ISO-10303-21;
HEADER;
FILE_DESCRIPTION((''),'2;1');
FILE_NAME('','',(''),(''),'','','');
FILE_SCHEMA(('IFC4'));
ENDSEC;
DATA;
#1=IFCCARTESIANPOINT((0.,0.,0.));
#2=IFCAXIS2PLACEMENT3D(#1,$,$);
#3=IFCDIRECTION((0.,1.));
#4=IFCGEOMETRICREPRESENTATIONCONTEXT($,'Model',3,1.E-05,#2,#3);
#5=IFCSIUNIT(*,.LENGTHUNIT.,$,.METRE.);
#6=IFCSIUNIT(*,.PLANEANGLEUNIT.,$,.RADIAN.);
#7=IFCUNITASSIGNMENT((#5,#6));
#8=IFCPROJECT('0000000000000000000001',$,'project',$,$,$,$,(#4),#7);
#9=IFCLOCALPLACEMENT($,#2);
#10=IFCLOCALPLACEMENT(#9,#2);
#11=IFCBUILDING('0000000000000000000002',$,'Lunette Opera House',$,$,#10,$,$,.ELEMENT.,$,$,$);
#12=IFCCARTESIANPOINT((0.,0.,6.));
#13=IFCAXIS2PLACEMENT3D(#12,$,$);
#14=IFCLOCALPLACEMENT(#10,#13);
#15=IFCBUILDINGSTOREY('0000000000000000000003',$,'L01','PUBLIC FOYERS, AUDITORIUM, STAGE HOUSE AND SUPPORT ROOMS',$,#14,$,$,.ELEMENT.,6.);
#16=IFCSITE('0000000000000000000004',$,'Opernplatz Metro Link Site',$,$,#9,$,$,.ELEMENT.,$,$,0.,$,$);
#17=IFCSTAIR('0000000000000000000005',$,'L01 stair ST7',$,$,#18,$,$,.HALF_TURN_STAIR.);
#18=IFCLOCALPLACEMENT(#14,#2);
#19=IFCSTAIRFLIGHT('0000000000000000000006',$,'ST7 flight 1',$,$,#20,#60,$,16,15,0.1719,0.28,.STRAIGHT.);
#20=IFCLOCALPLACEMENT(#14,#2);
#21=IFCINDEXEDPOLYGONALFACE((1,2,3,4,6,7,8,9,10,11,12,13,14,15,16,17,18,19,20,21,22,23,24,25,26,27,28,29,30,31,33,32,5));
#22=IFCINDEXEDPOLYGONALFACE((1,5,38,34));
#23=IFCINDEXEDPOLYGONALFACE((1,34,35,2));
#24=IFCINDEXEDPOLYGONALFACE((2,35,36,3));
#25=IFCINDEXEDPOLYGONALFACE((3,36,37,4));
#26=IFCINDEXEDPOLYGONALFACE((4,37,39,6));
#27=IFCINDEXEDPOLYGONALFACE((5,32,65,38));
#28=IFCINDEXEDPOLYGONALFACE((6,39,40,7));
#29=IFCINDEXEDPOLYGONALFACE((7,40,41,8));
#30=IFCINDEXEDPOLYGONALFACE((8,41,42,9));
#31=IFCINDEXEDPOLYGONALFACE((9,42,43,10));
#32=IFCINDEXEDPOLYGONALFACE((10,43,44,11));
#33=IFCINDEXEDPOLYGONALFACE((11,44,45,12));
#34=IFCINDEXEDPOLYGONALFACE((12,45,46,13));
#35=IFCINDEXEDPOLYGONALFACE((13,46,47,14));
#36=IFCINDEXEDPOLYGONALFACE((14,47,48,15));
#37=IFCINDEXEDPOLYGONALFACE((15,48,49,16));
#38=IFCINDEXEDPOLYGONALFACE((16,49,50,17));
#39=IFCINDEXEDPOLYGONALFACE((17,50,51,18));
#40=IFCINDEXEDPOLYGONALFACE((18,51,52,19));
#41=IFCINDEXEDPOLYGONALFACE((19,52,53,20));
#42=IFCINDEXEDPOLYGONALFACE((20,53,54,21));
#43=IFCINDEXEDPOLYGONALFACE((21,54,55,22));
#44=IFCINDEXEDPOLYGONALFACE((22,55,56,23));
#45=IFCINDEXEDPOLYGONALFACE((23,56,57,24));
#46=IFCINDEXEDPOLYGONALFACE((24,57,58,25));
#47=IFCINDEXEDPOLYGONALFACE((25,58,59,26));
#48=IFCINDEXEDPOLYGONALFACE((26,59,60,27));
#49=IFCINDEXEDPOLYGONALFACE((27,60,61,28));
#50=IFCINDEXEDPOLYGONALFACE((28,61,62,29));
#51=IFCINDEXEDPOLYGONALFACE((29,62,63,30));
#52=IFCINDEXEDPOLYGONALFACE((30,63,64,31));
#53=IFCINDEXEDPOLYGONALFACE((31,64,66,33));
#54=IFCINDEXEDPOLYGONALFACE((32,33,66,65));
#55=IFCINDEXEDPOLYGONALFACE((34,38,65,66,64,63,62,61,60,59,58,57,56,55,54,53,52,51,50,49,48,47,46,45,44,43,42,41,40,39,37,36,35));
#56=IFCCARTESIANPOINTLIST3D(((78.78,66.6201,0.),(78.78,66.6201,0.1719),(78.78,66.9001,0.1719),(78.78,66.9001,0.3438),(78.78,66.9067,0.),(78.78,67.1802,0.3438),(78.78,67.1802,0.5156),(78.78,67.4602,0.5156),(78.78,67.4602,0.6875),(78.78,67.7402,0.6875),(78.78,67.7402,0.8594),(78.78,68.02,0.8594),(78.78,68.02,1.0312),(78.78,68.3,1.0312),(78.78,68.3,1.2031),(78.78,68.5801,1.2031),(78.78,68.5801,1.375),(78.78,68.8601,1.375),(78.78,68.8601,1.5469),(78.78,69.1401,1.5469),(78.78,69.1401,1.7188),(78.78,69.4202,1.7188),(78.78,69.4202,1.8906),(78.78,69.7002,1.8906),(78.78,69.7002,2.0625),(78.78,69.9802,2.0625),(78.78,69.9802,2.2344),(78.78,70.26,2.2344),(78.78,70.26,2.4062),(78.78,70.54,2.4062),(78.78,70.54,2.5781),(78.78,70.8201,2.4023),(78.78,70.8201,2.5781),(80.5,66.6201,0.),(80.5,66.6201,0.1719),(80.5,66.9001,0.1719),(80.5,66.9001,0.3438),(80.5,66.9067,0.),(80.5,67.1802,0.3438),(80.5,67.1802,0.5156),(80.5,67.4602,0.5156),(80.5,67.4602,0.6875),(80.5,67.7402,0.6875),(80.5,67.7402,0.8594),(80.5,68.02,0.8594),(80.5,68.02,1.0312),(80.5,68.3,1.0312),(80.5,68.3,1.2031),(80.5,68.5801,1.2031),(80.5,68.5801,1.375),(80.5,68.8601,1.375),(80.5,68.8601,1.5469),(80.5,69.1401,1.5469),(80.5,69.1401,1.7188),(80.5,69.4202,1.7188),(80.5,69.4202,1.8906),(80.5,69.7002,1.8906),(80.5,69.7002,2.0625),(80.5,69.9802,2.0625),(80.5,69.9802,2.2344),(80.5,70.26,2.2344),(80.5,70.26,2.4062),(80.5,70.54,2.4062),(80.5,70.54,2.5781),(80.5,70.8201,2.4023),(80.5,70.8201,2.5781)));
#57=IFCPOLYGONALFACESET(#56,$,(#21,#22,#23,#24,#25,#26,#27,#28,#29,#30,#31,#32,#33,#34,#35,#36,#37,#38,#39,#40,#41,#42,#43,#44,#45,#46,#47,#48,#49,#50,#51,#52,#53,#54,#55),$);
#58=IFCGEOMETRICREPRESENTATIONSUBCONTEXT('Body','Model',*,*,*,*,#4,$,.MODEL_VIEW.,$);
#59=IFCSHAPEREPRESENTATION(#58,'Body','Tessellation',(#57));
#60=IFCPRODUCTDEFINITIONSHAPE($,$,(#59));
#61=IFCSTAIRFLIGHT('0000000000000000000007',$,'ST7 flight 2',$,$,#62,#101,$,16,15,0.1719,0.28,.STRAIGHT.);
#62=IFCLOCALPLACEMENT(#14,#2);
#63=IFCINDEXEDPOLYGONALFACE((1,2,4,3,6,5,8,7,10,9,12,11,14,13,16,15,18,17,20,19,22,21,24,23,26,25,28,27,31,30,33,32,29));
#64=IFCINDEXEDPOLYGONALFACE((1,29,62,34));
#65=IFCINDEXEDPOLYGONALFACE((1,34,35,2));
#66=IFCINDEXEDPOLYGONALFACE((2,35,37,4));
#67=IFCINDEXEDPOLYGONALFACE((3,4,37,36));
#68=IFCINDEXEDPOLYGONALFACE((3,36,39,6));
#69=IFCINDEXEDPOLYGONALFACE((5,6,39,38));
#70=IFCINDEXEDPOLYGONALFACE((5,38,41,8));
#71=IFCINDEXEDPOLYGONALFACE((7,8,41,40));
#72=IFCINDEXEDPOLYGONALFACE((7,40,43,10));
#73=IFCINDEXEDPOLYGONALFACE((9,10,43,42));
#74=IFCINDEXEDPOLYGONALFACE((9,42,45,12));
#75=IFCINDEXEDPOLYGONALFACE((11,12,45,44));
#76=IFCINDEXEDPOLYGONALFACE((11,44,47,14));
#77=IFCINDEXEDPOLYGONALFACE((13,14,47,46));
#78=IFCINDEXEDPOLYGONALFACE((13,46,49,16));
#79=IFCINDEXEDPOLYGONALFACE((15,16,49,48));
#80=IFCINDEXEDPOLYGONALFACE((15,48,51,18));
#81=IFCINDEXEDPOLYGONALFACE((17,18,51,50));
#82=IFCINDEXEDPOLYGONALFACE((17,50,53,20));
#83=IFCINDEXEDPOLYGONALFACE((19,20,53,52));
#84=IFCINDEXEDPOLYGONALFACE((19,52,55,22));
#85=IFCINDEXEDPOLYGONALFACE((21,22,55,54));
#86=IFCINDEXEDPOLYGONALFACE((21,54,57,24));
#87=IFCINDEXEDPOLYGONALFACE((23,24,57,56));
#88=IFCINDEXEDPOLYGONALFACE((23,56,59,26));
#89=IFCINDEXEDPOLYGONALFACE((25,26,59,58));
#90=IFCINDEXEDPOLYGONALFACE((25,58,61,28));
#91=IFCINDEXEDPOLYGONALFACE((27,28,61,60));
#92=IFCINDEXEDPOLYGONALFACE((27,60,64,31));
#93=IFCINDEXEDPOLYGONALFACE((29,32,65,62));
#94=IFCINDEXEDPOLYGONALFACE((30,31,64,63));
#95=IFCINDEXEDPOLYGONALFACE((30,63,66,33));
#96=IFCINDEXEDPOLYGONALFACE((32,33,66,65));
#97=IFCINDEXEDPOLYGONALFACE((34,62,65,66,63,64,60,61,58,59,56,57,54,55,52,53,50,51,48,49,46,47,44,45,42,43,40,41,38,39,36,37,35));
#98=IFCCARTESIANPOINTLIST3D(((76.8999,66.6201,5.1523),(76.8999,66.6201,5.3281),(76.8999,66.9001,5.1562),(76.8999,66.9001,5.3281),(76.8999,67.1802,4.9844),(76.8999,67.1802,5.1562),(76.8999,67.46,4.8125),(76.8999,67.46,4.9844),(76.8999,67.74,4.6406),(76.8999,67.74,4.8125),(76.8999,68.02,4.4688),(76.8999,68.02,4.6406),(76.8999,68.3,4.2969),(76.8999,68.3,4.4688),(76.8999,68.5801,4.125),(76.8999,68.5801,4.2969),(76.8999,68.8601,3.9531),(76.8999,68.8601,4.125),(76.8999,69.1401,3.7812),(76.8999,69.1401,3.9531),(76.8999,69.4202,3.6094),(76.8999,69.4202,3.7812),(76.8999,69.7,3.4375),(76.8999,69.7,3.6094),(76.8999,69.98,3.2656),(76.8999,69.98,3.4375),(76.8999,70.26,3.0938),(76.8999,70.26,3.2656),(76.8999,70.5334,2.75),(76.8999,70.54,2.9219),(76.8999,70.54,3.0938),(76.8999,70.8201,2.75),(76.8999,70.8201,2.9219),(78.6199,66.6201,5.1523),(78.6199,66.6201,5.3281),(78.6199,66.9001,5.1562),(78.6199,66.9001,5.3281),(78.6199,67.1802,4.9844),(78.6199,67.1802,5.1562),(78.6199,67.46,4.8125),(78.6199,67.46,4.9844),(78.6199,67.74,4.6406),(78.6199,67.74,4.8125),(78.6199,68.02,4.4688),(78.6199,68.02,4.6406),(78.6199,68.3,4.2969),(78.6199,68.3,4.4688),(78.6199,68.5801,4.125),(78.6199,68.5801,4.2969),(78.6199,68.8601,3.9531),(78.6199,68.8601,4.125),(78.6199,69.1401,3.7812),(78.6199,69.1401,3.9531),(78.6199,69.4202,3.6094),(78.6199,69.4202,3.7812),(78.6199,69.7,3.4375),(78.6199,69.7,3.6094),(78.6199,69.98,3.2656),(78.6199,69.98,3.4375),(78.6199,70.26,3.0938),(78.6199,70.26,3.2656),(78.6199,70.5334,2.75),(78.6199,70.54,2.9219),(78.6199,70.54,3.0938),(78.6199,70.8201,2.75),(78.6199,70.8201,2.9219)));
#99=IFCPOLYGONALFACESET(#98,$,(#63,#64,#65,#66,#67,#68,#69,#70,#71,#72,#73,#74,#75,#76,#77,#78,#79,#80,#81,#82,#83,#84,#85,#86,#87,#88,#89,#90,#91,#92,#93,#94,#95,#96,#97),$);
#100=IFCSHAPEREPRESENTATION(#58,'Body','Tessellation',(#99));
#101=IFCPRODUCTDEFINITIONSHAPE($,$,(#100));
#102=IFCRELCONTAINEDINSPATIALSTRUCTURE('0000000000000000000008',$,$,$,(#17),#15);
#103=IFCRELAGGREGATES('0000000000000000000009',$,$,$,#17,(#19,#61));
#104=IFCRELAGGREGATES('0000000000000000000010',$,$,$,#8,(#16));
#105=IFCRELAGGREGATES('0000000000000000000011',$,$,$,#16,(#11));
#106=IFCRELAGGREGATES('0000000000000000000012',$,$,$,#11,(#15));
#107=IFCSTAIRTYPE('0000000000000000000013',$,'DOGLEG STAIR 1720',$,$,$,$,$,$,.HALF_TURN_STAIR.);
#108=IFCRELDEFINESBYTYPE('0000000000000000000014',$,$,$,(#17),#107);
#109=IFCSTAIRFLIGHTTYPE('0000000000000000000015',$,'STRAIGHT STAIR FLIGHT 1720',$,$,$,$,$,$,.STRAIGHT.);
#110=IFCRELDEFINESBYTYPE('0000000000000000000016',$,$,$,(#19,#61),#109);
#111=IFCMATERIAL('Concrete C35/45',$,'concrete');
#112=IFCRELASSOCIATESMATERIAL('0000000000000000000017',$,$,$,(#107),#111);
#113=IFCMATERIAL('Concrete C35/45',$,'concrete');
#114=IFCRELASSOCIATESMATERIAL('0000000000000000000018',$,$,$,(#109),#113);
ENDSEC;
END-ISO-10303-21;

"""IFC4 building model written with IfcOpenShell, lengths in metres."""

from ifc_helpers import new_model, si_unit, direction, frame, origin, place, context, subcontext, project, spatial, polyline, outline, extrude, material, type_object, element, aggregate, save


model = new_model("IFC4")

# Units and contexts
model_context = context("Model", 3, precision=1e-05, world=origin(), true_north=direction((0.0, 1.0)))
body_context = subcontext(model_context, "Body", "Model", "MODEL_VIEW")
ifc_project = project(units=[si_unit("LENGTHUNIT", "METRE"), si_unit("PLANEANGLEUNIT", "RADIAN")], contexts=[model_context])

# Site, building, storey
site_placement = place(None, origin())
site = spatial("IfcSite", under=ifc_project, at=site_placement, Name="Opernplatz Metro Link Site", CompositionType="ELEMENT", RefElevation=0.0)
building_placement = place(site_placement, origin())
building = spatial("IfcBuilding", under=site, at=building_placement, Name="Lunette Opera House", CompositionType="ELEMENT")
storey_placement = place(building_placement, frame((0.0, 0.0, 6.0)))
storey = spatial("IfcBuildingStorey", under=building, at=storey_placement, Name="L01", Description="PUBLIC FOYERS, AUDITORIUM, STAGE HOUSE AND SUPPORT ROOMS", CompositionType="ELEMENT", Elevation=6.0)

# Stair, stair flights
ifc_material_1 = material(Name="Concrete C35/45", Category="concrete")
stair_type = type_object("IfcStairType", Name="DOGLEG STAIR 1720", PredefinedType="HALF_TURN_STAIR", material=ifc_material_1)
stair_placement = place(storey_placement, origin())
stair = element("IfcStair", 1, at=stair_placement, inside=storey, type_object=stair_type, Name="L01 stair ST7", PredefinedType="HALF_TURN_STAIR")
ifc_material_2 = material(Name="Concrete C35/45", Category="concrete")
stair_flight_type = type_object("IfcStairFlightType", Name="STRAIGHT STAIR FLIGHT 1720", PredefinedType="STRAIGHT", material=ifc_material_2)
stair_flight_1_placement = place(storey_placement, frame((79.6399, 66.6201, 0.0), z_axis=(0.0, 0.0, 1.0), x_axis=(0.0, 1.0, 0.0)))
stair_flight_1 = element("IfcStairFlight", 2, at=stair_flight_1_placement, type_object=stair_flight_type, Name="ST7 flight 1", NumberOfRisers=16, NumberOfTreads=15, PredefinedType="STRAIGHT", RiserHeight=0.1719, TreadLength=0.28, context=body_context, shape_type="SweptSolid", body=[
    extrude(outline(polyline([(0.0, 0.0), (0.0, 0.1719), (0.28, 0.1719), (0.28, 0.3438), (0.5601, 0.3438), (0.5601, 0.5156), (0.8401, 0.5156), (0.8401, 0.6875), (1.1201, 0.6875), (1.1201, 0.8594), (1.3999, 0.8594), (1.3999, 1.0312), (1.6799, 1.0312), (1.6799, 1.2031), (1.96, 1.2031), (1.96, 1.375), (2.24, 1.375), (2.24, 1.5469), (2.52, 1.5469), (2.52, 1.7188), (2.8, 1.7188), (2.8, 1.8906), (3.0801, 1.8906), (3.0801, 2.0625), (3.3601, 2.0625), (3.3601, 2.2344), (3.6399, 2.2344), (3.6399, 2.4062), (3.9199, 2.4062), (3.9199, 2.5781), (4.2, 2.5781), (4.2, 2.75), (4.2, 2.4023), (0.2866, 0.0), (0.0, 0.0)])), frame((0.0, 0.8599, 0.0), z_axis=(0.0, -1.0, 0.0), x_axis=(1.0, 0.0, 0.0)), (0.0, 0.0, 1.0), 1.72),
])
stair_flight_2_placement = place(storey_placement, frame((77.76, 70.8201, 2.75), z_axis=(0.0, 0.0, 1.0), x_axis=(0.0, -1.0, 0.0)))
stair_flight_2 = element("IfcStairFlight", 3, at=stair_flight_2_placement, type_object=stair_flight_type, Name="ST7 flight 2", NumberOfRisers=16, NumberOfTreads=15, PredefinedType="STRAIGHT", RiserHeight=0.1719, TreadLength=0.28, context=body_context, shape_type="SweptSolid", body=[
    extrude(outline(polyline([(0.0, 0.0), (0.0, 0.1719), (0.28, 0.1719), (0.28, 0.3438), (0.5601, 0.3438), (0.5601, 0.5156), (0.8401, 0.5156), (0.8401, 0.6875), (1.1201, 0.6875), (1.1201, 0.8594), (1.3999, 0.8594), (1.3999, 1.0312), (1.6799, 1.0312), (1.6799, 1.2031), (1.96, 1.2031), (1.96, 1.375), (2.24, 1.375), (2.24, 1.5469), (2.52, 1.5469), (2.52, 1.7188), (2.8, 1.7188), (2.8, 1.8906), (3.0801, 1.8906), (3.0801, 2.0625), (3.3601, 2.0625), (3.3601, 2.2344), (3.6399, 2.2344), (3.6399, 2.4062), (3.9199, 2.4062), (3.9199, 2.5781), (4.2, 2.5781), (4.2, 2.75), (4.2, 2.4023), (0.2866, 0.0), (0.0, 0.0)])), frame((0.0, 0.8599, 0.0), z_axis=(0.0, -1.0, 0.0), x_axis=(1.0, 0.0, 0.0)), (0.0, 0.0, 1.0), 1.72),
])
aggregate(stair, [stair_flight_1, stair_flight_2])

save(model, "model.ifc")
